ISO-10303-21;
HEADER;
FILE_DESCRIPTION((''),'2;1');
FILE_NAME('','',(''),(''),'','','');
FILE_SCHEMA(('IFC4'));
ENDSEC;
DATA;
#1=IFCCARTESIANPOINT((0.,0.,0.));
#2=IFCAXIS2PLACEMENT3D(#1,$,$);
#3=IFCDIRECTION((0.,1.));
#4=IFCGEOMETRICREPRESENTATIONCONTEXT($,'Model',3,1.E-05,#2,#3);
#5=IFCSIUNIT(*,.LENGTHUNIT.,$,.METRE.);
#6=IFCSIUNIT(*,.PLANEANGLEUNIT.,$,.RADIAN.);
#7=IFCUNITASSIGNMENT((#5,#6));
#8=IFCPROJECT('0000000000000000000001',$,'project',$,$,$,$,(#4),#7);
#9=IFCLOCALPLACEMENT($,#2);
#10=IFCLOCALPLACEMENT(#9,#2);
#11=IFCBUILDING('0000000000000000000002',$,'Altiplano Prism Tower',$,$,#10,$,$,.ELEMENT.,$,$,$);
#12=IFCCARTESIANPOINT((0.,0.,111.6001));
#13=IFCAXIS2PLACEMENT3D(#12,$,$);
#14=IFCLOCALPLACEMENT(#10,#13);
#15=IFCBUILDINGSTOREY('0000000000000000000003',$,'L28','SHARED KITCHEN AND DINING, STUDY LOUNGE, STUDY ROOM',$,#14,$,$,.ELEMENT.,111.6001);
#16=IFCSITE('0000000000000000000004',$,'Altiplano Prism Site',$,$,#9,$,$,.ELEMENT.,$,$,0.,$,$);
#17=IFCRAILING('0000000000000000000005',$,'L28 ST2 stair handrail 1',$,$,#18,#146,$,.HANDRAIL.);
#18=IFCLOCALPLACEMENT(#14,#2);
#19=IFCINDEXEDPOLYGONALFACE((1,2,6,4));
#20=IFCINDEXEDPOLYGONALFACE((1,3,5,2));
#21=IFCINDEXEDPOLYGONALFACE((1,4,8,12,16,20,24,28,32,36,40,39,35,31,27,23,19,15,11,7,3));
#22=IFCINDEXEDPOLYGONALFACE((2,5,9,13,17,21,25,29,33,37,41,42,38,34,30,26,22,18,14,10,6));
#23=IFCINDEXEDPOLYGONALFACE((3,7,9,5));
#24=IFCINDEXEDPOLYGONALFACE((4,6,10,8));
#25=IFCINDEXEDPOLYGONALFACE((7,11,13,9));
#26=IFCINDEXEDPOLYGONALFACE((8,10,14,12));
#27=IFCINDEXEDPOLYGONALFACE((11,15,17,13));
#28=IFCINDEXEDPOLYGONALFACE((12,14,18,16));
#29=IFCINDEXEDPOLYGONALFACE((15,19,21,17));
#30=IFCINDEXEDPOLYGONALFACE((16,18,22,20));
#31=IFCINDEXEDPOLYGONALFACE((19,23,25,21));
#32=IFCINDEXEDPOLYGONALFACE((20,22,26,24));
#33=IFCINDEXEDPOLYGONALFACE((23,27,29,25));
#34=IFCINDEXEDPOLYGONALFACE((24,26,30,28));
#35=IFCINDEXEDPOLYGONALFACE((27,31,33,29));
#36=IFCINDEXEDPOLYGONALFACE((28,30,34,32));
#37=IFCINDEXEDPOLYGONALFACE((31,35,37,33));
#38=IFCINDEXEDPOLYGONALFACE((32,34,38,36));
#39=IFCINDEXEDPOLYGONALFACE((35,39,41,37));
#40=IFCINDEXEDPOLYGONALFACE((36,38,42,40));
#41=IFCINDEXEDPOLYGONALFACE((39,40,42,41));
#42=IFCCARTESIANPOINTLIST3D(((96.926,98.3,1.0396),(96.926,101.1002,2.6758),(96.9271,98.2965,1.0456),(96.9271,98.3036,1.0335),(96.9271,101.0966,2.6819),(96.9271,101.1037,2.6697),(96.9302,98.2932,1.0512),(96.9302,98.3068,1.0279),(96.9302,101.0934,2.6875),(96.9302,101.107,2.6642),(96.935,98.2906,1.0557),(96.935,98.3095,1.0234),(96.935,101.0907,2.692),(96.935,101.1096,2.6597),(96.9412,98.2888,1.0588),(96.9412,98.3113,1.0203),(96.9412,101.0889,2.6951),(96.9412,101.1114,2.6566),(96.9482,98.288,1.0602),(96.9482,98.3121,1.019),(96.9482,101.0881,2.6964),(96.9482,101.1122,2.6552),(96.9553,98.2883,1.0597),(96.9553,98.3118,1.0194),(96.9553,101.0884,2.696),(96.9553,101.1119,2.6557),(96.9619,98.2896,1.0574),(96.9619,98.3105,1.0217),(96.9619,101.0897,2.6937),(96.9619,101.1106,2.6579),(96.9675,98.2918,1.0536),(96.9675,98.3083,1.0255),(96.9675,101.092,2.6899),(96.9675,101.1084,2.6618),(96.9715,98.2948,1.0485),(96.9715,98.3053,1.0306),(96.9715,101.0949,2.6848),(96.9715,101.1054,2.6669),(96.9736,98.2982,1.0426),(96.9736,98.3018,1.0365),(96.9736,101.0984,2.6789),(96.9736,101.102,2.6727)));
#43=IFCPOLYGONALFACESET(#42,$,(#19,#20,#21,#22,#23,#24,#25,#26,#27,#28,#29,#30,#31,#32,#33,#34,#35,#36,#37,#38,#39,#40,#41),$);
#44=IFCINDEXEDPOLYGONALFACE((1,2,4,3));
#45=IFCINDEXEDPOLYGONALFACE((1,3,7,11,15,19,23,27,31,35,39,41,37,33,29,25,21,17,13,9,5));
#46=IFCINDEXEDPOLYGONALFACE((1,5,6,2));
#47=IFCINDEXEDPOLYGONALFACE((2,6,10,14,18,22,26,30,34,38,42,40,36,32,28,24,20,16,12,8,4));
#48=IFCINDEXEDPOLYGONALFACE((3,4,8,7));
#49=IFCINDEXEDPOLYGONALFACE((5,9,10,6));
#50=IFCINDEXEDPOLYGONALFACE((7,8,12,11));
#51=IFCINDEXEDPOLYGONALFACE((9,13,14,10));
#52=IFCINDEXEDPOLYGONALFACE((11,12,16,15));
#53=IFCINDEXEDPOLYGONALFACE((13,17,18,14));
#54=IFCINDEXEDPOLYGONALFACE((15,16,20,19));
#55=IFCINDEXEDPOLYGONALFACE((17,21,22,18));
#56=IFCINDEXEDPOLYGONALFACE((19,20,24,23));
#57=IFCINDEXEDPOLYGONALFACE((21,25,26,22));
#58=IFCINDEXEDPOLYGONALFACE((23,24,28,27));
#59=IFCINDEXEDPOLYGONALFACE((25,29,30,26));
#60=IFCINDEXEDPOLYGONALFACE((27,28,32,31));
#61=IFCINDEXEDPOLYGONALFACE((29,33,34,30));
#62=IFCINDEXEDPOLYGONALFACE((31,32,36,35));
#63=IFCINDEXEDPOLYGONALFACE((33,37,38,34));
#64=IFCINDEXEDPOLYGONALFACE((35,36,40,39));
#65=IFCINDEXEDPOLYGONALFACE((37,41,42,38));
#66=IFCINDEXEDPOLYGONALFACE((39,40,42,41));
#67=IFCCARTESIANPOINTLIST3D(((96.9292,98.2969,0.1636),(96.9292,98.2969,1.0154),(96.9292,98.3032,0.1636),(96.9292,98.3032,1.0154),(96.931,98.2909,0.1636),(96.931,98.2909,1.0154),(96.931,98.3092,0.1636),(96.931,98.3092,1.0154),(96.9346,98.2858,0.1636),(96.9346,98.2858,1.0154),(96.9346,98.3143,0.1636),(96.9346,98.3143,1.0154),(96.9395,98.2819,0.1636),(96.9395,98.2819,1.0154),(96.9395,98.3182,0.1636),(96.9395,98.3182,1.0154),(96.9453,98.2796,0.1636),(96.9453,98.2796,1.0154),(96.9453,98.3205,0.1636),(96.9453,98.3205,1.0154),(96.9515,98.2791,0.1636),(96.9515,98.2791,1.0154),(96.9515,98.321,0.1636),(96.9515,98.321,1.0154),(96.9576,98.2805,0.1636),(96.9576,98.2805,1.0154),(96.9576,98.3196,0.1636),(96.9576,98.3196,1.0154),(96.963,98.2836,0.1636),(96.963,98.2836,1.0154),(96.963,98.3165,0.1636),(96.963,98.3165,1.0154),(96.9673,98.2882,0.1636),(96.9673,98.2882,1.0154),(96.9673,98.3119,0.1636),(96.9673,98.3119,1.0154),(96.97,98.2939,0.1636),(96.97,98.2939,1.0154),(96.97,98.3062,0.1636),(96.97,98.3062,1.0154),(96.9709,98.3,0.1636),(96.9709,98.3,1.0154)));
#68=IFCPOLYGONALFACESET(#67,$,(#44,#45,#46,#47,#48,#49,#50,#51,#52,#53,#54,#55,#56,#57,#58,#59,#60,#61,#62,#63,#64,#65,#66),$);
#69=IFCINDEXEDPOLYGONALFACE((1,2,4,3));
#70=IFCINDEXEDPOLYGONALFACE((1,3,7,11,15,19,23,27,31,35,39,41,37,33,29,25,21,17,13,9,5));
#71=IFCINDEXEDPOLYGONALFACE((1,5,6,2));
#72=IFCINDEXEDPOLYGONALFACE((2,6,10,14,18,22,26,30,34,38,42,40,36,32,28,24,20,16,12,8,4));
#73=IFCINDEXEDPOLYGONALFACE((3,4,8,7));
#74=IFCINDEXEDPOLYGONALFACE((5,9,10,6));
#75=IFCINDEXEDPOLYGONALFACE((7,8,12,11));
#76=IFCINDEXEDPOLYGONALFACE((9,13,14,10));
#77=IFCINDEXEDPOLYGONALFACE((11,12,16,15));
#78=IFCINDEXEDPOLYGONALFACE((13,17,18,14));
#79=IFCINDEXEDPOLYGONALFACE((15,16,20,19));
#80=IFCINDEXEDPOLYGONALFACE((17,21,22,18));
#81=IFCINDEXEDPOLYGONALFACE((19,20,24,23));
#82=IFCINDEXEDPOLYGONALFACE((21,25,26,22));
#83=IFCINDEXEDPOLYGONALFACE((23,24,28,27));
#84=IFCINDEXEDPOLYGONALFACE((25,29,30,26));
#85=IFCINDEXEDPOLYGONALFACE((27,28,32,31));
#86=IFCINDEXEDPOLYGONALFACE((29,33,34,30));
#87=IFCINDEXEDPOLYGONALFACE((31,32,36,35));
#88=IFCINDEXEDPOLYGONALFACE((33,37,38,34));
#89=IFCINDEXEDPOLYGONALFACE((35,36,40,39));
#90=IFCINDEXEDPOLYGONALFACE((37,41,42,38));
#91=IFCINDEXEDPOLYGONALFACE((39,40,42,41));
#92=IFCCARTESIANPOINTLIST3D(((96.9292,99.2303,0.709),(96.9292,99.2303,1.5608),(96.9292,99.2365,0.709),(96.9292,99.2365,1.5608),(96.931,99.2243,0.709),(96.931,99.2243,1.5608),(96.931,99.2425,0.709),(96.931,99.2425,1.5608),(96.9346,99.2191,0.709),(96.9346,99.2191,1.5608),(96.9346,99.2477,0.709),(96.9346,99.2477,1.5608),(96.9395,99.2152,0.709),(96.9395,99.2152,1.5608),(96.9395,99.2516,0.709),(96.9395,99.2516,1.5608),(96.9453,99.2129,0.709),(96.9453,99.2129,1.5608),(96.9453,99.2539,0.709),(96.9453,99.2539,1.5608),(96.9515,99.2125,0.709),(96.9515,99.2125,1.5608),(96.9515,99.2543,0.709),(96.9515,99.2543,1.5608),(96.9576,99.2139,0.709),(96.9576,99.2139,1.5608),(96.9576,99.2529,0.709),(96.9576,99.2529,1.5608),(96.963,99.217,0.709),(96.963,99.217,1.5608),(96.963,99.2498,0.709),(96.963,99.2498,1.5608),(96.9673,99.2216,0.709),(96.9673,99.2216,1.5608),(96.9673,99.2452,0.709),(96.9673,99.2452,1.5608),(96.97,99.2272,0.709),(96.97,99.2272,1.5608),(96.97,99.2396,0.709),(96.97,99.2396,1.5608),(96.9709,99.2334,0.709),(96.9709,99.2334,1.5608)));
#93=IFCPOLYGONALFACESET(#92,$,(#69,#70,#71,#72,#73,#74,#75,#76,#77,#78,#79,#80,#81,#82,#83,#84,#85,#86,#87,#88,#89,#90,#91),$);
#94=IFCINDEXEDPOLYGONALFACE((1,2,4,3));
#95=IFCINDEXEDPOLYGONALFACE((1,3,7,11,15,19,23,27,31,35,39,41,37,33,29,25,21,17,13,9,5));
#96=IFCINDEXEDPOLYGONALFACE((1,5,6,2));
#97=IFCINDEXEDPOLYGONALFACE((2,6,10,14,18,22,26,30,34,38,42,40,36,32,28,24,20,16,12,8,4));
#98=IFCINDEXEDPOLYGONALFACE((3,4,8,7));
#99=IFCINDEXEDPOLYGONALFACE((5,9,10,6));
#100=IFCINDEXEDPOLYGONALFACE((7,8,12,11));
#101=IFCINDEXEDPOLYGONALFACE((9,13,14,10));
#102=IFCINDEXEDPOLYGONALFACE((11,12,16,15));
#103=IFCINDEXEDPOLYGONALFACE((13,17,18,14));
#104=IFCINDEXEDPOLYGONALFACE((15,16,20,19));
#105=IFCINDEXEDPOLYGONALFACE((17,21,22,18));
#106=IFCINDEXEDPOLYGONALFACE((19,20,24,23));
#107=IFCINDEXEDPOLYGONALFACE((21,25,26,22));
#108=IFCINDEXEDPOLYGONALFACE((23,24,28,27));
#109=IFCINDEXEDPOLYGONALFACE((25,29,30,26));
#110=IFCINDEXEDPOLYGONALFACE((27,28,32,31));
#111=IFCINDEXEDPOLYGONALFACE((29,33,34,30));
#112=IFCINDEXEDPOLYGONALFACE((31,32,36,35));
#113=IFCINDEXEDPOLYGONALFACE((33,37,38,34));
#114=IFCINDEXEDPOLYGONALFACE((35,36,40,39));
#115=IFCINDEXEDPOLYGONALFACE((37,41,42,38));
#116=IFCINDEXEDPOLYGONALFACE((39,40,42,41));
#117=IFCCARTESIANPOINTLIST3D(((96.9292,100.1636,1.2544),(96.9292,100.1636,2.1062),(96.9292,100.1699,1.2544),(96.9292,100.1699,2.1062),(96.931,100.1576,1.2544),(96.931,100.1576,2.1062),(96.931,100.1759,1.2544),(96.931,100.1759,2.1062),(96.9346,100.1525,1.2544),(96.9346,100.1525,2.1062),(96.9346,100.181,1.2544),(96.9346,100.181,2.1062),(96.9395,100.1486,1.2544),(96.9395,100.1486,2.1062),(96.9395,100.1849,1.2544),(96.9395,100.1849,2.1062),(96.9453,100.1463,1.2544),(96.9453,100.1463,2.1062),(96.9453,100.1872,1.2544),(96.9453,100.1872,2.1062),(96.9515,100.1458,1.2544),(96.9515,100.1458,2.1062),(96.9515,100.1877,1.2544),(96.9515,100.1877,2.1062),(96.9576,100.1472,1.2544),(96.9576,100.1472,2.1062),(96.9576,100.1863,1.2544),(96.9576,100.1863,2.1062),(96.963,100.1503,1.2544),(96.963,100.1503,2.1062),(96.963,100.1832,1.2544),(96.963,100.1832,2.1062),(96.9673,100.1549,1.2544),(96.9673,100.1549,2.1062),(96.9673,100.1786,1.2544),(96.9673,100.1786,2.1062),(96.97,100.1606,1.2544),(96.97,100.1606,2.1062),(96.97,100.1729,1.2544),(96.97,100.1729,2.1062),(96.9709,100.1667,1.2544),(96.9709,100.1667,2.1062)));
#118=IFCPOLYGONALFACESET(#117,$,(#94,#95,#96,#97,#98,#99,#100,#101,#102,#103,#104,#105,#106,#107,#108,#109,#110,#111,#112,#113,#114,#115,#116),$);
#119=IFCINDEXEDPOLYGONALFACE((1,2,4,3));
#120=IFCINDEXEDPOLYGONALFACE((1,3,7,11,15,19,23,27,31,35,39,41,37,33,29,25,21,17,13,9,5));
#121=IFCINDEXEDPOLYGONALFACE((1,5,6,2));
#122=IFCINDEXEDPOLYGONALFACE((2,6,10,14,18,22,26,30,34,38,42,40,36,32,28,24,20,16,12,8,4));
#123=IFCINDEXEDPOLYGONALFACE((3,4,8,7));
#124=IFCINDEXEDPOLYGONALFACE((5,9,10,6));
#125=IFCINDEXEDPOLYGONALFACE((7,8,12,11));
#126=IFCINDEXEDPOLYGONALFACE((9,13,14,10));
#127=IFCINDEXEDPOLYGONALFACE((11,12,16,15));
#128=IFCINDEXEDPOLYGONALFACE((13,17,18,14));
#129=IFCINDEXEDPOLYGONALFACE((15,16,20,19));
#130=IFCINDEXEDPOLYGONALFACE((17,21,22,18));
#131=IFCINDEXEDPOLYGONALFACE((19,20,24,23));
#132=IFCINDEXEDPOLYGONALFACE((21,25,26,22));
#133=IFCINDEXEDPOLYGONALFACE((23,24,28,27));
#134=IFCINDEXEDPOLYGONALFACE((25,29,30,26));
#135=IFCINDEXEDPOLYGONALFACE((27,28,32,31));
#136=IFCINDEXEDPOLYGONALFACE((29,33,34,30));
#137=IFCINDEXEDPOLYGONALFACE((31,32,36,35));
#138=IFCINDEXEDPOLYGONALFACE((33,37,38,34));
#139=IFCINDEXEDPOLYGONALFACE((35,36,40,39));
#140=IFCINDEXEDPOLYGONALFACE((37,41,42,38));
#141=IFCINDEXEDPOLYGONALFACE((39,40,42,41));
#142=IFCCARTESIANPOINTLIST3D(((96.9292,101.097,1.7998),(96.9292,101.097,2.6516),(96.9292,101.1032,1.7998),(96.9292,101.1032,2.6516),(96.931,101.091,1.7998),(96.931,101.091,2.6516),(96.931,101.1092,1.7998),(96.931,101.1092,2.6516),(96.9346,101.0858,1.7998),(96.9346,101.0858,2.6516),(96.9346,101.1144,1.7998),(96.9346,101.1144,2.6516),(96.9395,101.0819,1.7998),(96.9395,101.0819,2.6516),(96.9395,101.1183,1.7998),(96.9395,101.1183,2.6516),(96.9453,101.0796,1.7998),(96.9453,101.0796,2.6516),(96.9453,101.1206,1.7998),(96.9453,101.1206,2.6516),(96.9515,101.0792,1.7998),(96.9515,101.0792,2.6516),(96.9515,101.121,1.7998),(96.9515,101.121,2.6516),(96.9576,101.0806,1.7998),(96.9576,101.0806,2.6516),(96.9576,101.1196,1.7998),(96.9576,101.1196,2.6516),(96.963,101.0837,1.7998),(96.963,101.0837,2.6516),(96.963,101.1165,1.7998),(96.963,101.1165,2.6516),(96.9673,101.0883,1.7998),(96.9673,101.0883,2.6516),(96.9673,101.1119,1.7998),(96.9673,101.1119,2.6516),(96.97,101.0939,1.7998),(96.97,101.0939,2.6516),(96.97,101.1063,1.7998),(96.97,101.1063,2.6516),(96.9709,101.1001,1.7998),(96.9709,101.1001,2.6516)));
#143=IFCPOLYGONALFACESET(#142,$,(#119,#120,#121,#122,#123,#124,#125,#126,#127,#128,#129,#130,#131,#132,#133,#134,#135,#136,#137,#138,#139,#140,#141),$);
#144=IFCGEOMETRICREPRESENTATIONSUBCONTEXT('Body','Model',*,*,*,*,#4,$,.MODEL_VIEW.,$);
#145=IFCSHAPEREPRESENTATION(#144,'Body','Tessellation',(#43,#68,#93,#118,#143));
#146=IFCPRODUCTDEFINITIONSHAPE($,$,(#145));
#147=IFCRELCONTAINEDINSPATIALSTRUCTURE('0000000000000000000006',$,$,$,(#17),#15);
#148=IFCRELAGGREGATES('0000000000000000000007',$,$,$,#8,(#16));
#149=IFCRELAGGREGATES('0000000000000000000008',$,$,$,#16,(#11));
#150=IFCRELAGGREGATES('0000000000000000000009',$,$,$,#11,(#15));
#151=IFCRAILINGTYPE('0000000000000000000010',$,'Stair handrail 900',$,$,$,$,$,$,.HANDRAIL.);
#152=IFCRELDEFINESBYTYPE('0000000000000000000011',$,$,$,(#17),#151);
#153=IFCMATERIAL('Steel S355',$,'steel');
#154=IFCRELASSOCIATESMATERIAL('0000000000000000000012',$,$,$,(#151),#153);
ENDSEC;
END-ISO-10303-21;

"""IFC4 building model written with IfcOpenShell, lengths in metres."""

from ifc_helpers import new_model, si_unit, direction, frame, origin, origin_2d, place, context, subcontext, project, spatial, circle, extrude, material, type_object, element, save


model = new_model("IFC4")

# Units and contexts
model_context = context("Model", 3, precision=1e-05, world=origin(), true_north=direction((0.0, 1.0)))
body_context = subcontext(model_context, "Body", "Model", "MODEL_VIEW")
ifc_project = project(units=[si_unit("LENGTHUNIT", "METRE"), si_unit("PLANEANGLEUNIT", "RADIAN")], contexts=[model_context])

# Site, building, storey
site_placement = place(None, origin())
site = spatial("IfcSite", under=ifc_project, at=site_placement, Name="Altiplano Prism Site", CompositionType="ELEMENT", RefElevation=0.0)
building_placement = place(site_placement, origin())
building = spatial("IfcBuilding", under=site, at=building_placement, Name="Altiplano Prism Tower", CompositionType="ELEMENT")
storey_placement = place(building_placement, frame((0.0, 0.0, 111.6001)))
storey = spatial("IfcBuildingStorey", under=building, at=storey_placement, Name="L28", Description="SHARED KITCHEN AND DINING, STUDY LOUNGE, STUDY ROOM", CompositionType="ELEMENT", Elevation=111.6001)

# Railing
ifc_material_1 = material(Name="Steel S355", Category="steel")
railing_type_1 = type_object("IfcRailingType", Name="Stair handrail 900", PredefinedType="HANDRAIL", material=ifc_material_1)
railing_1_placement = place(storey_placement, frame((96.95, 98.3, 0.1636)))
element("IfcRailing", 1, at=railing_1_placement, inside=storey, type_object=railing_type_1, Name="L28 ST2 stair handrail 1", PredefinedType="HANDRAIL", context=body_context, shape_type="SweptSolid", body=[
    extrude(circle(Radius=0.0239, at=origin_2d()), frame((0.0, 0.0, 0.876), z_axis=(0.0, 0.863394, 0.504531), x_axis=(-1.0, 0.0, 0.0)), (0.0, 0.0, 1.0), 3.2432),
    extrude(circle(Radius=0.021, at=origin_2d()), origin(), (0.0, 0.0, 1.0), 0.8518),
    extrude(circle(Radius=0.021, at=origin_2d()), frame((0.0, 0.9333, 0.5454)), (0.0, 0.0, 1.0), 0.8518),
    extrude(circle(Radius=0.021, at=origin_2d()), frame((0.0, 1.8667, 1.0908)), (0.0, 0.0, 1.0), 0.8518),
    extrude(circle(Radius=0.021, at=origin_2d()), frame((0.0, 2.8, 1.6362)), (0.0, 0.0, 1.0), 0.8518),
])

save(model, "model.ifc")
